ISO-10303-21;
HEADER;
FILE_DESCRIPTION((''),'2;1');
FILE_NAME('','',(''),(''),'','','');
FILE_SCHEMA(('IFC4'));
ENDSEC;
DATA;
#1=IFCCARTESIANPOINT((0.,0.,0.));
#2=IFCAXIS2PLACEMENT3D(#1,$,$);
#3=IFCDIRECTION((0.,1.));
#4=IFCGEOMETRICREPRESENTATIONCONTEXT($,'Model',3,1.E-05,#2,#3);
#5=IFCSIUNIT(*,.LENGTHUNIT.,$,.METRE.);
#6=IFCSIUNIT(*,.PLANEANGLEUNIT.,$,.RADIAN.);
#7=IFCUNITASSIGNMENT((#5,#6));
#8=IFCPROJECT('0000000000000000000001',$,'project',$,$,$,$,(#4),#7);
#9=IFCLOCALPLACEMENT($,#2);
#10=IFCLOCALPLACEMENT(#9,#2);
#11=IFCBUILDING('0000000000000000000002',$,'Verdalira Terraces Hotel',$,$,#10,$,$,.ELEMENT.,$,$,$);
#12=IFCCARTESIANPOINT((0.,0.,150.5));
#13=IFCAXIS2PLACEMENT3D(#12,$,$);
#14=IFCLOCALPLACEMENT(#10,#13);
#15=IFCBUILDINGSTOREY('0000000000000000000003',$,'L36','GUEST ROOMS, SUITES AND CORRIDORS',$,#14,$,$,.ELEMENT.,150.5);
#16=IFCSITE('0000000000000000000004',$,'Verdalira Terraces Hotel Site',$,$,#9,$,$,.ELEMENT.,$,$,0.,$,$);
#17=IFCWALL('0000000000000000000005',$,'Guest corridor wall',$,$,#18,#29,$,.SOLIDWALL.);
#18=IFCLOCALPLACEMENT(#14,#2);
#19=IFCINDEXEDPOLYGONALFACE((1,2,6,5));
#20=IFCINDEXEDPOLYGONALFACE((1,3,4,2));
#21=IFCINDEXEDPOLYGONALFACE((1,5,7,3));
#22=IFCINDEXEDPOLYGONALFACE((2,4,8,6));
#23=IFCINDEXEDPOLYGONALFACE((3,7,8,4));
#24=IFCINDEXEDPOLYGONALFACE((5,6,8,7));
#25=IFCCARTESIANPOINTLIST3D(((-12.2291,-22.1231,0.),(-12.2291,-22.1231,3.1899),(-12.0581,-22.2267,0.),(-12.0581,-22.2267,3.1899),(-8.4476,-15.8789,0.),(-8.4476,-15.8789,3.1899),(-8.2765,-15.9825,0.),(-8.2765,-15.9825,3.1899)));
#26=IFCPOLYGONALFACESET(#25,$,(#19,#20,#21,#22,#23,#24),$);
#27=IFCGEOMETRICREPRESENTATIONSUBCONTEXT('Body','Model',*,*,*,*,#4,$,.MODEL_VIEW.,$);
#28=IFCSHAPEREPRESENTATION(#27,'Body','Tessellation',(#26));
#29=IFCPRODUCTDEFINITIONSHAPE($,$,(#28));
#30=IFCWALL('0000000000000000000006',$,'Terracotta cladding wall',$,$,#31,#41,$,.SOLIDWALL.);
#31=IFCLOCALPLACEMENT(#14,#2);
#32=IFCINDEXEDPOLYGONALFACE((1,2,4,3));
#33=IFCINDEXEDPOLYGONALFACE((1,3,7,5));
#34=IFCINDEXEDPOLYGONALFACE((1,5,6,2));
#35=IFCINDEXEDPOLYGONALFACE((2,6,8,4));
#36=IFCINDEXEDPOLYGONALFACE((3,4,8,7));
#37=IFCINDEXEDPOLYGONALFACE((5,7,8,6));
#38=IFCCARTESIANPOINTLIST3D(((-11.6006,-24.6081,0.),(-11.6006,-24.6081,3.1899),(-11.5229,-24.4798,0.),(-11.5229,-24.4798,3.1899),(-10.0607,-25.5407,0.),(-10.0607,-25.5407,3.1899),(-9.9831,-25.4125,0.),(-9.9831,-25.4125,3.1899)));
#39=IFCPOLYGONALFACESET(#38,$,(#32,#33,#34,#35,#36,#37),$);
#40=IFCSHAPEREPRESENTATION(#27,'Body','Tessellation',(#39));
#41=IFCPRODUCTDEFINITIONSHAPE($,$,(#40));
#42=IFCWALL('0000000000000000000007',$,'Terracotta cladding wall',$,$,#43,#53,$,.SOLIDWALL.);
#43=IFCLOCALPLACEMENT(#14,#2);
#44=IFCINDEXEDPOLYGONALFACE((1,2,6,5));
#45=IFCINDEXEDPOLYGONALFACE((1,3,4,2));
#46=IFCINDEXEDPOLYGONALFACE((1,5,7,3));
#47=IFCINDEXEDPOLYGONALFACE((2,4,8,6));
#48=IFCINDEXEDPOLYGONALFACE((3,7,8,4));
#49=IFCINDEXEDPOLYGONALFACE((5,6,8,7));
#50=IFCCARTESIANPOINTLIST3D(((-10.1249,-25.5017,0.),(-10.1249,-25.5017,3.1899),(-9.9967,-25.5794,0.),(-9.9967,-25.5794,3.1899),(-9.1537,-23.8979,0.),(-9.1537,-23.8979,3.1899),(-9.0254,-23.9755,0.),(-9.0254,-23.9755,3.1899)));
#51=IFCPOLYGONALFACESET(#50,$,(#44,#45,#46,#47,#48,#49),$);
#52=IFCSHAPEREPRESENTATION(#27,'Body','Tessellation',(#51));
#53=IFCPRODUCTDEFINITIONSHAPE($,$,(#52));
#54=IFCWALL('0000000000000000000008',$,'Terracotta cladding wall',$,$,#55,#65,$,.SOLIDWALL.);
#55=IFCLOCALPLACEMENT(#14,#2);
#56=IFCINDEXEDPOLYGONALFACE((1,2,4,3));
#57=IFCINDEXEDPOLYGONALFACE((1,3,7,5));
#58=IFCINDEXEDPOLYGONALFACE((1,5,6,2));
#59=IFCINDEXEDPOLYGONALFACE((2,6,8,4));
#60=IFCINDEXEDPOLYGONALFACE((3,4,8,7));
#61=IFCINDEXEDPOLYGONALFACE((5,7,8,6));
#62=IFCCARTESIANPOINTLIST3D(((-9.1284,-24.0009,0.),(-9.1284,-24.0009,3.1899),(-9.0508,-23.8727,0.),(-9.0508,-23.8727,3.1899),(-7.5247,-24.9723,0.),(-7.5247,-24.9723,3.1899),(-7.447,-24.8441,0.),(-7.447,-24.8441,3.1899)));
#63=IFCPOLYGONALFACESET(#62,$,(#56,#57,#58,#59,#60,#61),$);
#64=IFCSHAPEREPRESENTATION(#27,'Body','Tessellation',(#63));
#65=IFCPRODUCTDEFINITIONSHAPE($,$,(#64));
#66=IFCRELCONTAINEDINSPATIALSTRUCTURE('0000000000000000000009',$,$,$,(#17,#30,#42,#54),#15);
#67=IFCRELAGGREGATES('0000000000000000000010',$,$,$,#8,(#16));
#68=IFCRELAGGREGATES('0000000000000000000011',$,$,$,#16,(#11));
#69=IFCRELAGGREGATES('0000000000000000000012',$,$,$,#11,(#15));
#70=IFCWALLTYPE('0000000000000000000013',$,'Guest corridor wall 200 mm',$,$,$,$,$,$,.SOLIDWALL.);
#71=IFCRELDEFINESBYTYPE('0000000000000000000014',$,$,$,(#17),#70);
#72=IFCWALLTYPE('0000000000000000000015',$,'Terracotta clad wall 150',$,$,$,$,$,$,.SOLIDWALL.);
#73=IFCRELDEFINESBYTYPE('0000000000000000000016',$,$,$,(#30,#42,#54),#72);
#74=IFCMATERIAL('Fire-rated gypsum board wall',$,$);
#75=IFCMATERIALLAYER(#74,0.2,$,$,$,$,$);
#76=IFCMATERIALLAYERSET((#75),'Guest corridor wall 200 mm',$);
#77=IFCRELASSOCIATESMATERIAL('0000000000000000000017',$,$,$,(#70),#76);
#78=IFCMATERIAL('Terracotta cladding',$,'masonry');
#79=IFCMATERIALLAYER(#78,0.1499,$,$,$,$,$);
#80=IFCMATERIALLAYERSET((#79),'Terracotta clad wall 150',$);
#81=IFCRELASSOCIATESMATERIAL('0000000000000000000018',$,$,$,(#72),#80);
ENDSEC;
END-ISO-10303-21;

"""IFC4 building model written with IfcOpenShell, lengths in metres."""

from ifc_helpers import new_model, si_unit, direction, frame, frame_2d, origin, place, context, subcontext, project, spatial, rectangle, extrude, material, layer, layer_set, type_object, element, save


model = new_model("IFC4")

# Units and contexts
model_context = context("Model", 3, precision=1e-05, world=origin(), true_north=direction((0.0, 1.0)))
body_context = subcontext(model_context, "Body", "Model", "MODEL_VIEW")
ifc_project = project(units=[si_unit("LENGTHUNIT", "METRE"), si_unit("PLANEANGLEUNIT", "RADIAN")], contexts=[model_context])

# Site, building, storey
site_placement = place(None, origin())
site = spatial("IfcSite", under=ifc_project, at=site_placement, Name="Verdalira Terraces Hotel Site", CompositionType="ELEMENT", RefElevation=0.0)
building_placement = place(site_placement, origin())
building = spatial("IfcBuilding", under=site, at=building_placement, Name="Verdalira Terraces Hotel", CompositionType="ELEMENT")
storey_placement = place(building_placement, frame((0.0, 0.0, 150.5)))
storey = spatial("IfcBuildingStorey", under=building, at=storey_placement, Name="L36", Description="GUEST ROOMS, SUITES AND CORRIDORS", CompositionType="ELEMENT", Elevation=150.5)

# Walls
ifc_material_1 = material(Name="Fire-rated gypsum board wall")
ifc_layer_1 = layer(ifc_material_1, 0.2)
ifc_layer_set_1 = layer_set([ifc_layer_1], Name="Guest corridor wall 200 mm")
wall_type_1 = type_object("IfcWallType", Name="Guest corridor wall 200 mm", PredefinedType="SOLIDWALL", material=ifc_layer_set_1)
wall_1_placement = place(storey_placement, frame((-12.1436, -22.1748, 0.0), z_axis=(0.0, 0.0, 1.0), x_axis=(0.518018, 0.85537, 0.0)))
element("IfcWall", 1, at=wall_1_placement, inside=storey, type_object=wall_type_1, Name="Guest corridor wall", PredefinedType="SOLIDWALL", context=body_context, shape_type="SweptSolid", body=[
    extrude(rectangle(XDim=7.3, YDim=0.2, at=frame_2d((3.6499, 0.0))), origin(), (0.0, 0.0, 1.0), 3.1899),
])
ifc_material_2 = material(Name="Terracotta cladding", Category="masonry")
ifc_layer_2 = layer(ifc_material_2, 0.1499)
ifc_layer_set_2 = layer_set([ifc_layer_2], Name="Terracotta clad wall 150")
wall_type_2 = type_object("IfcWallType", Name="Terracotta clad wall 150", PredefinedType="SOLIDWALL", material=ifc_layer_set_2)
wall_2_placement = place(storey_placement, frame((-11.5618, -24.5439, 0.0), z_axis=(0.0, 0.0, 1.0), x_axis=(0.855344, -0.518061, 0.0)))
element("IfcWall", 2, at=wall_2_placement, inside=storey, type_object=wall_type_2, Name="Terracotta cladding wall", PredefinedType="SOLIDWALL", context=body_context, shape_type="SweptSolid", body=[
    extrude(rectangle(XDim=1.8003, YDim=0.1499, at=frame_2d((0.9001, 0.0))), origin(), (0.0, 0.0, 1.0), 3.1899),
])
for number, where, z_axis, x_axis, name in (
    (3, (-10.0608, -25.5405, 0.0), (0.0, 0.0, 1.0), (0.517996, 0.855383, 0.0), "Terracotta cladding wall"),
    (4, (-9.0896, -23.9368, 0.0), (0.0, 0.0, 1.0), (0.855325, -0.518091, 0.0), "Terracotta cladding wall"),
):
    element("IfcWall", number, at=place(storey_placement, frame(where, z_axis=z_axis, x_axis=x_axis)), inside=storey, type_object=wall_type_2, Name=name, PredefinedType="SOLIDWALL", context=body_context, shape_type="SweptSolid", body=[
        extrude(rectangle(XDim=1.875, YDim=0.1499, at=frame_2d((0.9375, 0.0))), origin(), (0.0, 0.0, 1.0), 3.1899),
    ])

save(model, "model.ifc")
